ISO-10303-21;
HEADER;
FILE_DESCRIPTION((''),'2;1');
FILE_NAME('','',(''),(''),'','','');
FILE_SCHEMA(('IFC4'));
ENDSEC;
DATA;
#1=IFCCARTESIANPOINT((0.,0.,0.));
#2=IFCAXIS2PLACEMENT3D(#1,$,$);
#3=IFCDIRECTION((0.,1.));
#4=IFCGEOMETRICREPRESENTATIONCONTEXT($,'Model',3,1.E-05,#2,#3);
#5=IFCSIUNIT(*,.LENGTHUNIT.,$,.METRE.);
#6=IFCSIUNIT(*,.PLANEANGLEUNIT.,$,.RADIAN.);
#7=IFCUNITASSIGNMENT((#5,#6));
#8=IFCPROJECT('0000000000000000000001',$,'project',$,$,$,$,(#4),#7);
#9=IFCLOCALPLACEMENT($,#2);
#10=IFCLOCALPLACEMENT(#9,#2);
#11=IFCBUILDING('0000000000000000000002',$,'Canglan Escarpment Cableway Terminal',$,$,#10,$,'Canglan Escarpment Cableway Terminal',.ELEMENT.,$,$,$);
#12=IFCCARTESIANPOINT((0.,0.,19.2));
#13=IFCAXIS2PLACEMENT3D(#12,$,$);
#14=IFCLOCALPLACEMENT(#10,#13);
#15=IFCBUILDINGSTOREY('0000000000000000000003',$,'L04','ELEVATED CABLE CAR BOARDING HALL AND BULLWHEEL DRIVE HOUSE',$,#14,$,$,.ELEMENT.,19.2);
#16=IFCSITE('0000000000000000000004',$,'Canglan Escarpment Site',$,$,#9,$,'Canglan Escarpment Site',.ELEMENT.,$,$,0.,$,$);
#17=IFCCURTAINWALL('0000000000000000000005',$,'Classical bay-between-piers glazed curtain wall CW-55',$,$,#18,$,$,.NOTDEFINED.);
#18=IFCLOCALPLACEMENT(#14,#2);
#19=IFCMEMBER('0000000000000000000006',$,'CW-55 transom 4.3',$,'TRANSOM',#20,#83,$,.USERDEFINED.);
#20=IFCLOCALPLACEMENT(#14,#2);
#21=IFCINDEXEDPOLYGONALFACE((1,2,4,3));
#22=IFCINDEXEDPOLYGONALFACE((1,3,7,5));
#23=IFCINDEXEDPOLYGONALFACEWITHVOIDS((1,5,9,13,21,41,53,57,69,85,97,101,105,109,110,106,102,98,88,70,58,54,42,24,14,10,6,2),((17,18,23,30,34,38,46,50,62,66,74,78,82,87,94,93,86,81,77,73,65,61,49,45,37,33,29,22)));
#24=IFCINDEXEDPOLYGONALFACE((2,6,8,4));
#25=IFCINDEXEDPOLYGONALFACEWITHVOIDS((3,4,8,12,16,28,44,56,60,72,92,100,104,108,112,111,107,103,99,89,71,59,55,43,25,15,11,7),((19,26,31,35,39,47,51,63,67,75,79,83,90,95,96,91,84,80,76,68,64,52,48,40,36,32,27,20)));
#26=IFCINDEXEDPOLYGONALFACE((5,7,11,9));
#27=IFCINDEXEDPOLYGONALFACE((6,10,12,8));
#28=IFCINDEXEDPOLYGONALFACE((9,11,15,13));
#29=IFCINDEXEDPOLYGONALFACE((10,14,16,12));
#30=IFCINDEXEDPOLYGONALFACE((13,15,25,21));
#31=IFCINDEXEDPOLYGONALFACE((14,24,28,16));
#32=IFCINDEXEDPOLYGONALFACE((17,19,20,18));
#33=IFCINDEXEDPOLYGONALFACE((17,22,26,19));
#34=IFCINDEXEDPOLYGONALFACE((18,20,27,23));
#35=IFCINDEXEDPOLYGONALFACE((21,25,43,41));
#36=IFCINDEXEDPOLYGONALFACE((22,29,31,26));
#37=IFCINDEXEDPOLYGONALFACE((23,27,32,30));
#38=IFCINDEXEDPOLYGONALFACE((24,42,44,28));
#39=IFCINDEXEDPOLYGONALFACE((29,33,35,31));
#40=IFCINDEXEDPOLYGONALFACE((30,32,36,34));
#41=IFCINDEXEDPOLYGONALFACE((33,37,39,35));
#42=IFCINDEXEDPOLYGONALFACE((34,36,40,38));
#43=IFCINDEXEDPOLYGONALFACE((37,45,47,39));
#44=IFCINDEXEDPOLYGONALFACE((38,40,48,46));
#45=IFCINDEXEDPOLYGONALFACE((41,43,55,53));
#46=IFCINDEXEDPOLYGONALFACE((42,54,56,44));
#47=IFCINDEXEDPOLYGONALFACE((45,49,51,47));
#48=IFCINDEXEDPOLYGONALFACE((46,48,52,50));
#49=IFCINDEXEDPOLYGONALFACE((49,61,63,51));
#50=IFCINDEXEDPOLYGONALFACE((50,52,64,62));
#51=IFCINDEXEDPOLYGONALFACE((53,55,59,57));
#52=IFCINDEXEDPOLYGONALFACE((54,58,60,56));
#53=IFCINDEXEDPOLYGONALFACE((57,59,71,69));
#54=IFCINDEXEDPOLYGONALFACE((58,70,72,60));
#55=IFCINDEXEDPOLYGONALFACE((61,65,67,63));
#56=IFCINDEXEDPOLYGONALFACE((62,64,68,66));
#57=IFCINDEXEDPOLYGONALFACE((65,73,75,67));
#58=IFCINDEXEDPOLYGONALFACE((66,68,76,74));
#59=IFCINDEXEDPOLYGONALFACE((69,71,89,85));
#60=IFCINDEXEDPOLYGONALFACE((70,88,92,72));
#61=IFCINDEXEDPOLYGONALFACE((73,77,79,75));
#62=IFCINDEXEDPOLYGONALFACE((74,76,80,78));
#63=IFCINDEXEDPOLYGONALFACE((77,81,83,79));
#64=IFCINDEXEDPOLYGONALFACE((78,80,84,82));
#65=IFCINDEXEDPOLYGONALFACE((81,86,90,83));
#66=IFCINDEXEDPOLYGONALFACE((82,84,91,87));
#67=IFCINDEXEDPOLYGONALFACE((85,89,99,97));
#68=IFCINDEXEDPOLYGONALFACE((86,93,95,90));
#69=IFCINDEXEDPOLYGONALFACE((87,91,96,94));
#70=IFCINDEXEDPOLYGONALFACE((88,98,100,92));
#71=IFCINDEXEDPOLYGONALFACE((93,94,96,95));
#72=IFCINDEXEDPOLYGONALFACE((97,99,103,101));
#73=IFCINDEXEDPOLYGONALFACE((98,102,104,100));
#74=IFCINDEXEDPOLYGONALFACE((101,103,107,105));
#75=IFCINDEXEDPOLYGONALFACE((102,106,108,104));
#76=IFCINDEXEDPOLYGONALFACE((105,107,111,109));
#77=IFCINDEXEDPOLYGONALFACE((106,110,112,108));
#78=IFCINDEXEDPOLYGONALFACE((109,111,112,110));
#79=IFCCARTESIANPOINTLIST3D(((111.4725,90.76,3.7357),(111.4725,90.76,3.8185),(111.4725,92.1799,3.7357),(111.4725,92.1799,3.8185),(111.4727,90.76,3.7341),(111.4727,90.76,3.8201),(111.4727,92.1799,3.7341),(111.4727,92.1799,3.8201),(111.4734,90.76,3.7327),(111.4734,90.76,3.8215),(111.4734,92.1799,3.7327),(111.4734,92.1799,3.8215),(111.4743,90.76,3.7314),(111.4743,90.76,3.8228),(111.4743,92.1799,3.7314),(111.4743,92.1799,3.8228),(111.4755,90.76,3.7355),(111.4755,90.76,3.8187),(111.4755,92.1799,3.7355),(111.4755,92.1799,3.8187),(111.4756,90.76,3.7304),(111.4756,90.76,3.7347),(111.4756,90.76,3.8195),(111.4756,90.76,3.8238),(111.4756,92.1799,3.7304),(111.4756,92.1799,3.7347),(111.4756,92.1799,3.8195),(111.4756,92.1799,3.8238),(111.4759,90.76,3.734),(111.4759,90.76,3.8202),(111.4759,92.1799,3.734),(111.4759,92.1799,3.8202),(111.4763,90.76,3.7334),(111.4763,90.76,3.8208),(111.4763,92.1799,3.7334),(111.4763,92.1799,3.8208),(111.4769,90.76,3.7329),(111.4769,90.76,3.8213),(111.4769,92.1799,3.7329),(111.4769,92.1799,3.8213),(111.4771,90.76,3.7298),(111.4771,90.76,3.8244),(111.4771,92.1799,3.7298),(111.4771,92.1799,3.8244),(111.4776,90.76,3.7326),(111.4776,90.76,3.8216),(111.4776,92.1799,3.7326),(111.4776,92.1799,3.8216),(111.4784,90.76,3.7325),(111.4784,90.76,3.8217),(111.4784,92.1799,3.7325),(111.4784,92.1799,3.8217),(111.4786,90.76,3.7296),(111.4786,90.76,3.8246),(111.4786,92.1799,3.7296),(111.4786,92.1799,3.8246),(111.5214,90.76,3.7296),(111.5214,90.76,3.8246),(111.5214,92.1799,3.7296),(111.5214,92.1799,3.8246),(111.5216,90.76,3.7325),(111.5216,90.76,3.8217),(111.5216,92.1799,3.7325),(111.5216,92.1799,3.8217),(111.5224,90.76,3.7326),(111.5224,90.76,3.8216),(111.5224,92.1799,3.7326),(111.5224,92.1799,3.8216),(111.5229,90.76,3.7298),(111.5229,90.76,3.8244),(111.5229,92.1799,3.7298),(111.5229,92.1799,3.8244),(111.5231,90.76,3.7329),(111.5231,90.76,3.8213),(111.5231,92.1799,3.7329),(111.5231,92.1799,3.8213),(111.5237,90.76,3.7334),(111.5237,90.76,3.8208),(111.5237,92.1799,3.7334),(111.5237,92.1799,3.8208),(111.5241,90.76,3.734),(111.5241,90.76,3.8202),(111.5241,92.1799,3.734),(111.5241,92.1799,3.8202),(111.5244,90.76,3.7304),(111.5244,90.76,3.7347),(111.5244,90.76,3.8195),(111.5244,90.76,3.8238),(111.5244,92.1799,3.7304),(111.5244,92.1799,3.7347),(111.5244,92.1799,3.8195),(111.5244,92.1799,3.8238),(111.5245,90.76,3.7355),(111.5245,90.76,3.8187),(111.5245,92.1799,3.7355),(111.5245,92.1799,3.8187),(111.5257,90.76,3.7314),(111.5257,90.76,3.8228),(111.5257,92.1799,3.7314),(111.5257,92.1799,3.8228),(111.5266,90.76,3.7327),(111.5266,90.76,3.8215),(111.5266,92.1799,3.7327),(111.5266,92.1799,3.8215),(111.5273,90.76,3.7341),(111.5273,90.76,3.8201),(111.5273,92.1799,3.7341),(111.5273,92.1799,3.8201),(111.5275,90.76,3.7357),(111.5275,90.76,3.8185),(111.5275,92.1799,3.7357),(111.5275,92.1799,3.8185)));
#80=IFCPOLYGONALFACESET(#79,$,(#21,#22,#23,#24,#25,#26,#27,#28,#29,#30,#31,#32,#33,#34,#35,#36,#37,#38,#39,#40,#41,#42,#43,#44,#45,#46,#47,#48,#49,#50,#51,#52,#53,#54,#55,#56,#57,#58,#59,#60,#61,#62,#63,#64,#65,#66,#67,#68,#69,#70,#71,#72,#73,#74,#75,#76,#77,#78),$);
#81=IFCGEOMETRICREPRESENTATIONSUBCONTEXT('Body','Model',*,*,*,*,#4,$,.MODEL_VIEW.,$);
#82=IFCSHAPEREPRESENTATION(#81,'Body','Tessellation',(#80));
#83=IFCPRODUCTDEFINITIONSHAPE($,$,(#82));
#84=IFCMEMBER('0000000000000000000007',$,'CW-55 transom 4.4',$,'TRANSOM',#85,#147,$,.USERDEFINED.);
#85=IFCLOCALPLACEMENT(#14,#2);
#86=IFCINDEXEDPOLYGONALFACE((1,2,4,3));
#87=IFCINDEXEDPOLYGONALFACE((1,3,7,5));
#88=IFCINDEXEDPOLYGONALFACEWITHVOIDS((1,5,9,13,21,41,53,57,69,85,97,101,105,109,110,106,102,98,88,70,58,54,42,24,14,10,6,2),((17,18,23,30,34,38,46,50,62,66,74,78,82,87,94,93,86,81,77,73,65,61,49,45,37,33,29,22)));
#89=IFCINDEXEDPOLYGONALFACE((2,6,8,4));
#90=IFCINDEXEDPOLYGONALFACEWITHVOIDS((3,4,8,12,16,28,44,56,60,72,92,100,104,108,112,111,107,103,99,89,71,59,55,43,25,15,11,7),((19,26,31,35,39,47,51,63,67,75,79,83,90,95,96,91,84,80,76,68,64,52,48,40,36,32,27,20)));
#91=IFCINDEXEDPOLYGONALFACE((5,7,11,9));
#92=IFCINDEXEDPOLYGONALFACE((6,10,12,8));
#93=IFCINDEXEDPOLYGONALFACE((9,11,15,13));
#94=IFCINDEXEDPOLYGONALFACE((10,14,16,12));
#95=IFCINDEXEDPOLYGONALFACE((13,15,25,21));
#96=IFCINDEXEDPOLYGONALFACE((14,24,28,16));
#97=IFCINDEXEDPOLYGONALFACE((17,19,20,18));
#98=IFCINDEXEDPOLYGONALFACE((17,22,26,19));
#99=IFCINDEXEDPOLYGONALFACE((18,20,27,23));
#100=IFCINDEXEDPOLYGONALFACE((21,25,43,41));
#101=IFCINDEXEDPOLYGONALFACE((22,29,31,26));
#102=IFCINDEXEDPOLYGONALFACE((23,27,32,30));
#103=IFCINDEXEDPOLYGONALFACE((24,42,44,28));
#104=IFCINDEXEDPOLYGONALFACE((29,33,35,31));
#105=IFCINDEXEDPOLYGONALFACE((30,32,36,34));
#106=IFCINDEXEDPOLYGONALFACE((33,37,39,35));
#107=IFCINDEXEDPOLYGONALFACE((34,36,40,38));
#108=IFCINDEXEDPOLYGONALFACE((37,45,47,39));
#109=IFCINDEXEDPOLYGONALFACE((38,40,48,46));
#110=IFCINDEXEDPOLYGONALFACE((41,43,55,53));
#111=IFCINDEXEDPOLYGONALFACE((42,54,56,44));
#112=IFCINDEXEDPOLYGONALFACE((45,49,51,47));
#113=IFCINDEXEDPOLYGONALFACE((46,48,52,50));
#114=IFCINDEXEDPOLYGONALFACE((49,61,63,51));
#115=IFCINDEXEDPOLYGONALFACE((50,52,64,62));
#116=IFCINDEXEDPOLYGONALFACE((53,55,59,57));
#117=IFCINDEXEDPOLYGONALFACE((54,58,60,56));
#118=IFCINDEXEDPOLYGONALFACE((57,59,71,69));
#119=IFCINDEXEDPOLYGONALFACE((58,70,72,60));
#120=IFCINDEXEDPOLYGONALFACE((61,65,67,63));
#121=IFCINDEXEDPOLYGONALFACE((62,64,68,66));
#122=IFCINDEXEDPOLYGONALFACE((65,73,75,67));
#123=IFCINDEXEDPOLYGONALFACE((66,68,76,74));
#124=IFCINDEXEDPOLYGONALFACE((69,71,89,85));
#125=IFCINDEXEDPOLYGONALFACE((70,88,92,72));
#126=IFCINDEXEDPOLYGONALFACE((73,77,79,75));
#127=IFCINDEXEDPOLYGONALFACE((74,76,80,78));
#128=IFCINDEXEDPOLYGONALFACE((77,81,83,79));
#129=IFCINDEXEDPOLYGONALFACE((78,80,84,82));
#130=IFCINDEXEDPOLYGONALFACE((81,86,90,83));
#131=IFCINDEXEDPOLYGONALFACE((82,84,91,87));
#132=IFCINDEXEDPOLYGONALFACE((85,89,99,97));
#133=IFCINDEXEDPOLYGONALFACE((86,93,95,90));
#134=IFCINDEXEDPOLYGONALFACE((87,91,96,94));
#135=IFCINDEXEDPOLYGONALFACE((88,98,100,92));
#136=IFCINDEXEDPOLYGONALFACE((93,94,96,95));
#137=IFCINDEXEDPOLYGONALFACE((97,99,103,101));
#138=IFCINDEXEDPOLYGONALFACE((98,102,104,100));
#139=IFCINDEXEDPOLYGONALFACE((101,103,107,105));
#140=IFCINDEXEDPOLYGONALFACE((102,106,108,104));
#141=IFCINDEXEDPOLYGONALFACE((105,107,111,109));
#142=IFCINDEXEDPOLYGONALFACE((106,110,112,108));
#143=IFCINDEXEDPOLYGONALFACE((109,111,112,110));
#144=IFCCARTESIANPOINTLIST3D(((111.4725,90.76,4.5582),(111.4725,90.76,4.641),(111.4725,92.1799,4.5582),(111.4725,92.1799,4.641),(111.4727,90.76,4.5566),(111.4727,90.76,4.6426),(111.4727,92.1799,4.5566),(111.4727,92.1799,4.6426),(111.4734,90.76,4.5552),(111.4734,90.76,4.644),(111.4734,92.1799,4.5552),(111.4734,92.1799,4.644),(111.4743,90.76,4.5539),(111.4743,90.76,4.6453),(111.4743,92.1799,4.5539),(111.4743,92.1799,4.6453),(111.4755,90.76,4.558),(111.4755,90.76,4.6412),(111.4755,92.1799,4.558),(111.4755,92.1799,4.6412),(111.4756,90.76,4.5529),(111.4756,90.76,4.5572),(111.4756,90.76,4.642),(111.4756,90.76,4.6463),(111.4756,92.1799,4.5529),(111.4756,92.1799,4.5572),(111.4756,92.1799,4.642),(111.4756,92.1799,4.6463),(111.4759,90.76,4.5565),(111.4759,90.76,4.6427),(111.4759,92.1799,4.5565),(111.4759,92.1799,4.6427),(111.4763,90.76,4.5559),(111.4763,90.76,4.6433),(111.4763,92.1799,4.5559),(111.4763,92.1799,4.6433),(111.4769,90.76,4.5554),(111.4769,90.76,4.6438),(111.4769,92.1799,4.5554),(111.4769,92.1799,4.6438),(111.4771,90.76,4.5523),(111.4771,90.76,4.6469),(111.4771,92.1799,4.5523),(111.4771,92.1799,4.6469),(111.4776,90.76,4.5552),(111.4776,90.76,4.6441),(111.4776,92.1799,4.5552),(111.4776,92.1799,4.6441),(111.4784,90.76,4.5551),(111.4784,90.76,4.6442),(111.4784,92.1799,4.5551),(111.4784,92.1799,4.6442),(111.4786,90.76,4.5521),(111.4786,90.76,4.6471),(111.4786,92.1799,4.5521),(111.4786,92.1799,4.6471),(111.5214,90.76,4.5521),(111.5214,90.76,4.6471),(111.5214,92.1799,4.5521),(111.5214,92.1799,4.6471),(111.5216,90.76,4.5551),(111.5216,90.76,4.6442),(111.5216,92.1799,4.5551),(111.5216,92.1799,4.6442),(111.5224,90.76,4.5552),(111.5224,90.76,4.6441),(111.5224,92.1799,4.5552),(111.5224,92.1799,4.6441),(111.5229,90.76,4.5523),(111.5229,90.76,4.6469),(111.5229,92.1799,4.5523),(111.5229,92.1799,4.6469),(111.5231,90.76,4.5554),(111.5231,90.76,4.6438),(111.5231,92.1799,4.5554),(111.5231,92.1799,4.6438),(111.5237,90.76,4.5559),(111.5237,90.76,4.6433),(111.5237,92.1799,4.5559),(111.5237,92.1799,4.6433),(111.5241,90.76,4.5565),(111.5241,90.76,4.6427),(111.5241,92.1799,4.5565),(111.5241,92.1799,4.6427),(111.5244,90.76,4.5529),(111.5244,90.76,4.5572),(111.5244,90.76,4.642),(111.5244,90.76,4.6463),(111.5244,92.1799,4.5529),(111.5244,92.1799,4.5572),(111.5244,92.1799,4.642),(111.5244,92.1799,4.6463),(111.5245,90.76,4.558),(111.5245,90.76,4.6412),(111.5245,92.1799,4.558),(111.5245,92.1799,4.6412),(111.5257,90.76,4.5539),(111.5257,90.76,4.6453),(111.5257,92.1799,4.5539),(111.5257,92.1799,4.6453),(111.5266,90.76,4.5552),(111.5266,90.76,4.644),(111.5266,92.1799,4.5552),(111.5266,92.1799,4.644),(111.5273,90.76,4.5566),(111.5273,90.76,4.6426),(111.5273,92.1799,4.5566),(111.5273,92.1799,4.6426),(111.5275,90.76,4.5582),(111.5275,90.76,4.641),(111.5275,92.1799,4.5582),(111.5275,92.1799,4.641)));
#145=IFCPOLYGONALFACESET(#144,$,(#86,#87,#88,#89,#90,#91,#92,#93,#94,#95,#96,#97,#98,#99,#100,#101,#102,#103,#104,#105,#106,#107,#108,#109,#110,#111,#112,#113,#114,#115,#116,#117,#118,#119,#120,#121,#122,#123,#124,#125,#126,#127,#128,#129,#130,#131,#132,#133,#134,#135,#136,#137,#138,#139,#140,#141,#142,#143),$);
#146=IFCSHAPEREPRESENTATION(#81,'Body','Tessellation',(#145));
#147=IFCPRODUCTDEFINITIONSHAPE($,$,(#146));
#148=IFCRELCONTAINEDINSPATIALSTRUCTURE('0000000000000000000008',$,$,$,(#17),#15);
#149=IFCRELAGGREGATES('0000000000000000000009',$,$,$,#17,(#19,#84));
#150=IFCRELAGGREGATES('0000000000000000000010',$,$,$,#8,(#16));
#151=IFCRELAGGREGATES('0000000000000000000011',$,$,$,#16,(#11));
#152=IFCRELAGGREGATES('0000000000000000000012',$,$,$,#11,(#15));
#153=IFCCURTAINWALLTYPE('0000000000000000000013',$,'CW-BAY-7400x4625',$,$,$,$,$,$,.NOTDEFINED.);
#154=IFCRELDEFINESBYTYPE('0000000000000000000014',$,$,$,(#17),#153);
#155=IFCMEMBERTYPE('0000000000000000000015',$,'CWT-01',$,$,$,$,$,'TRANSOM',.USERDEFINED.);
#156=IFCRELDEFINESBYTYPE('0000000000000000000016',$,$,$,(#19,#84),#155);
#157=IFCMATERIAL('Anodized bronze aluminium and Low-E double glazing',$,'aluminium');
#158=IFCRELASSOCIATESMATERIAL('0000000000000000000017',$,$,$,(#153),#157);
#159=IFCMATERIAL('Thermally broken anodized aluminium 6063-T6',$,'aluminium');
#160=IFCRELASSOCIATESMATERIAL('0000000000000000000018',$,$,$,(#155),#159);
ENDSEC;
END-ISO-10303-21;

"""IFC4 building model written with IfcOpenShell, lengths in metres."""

from ifc_helpers import new_model, si_unit, direction, frame, origin, origin_2d, place, context, subcontext, project, spatial, hollow_rectangle, extrude, material, material_profile, profile_set, type_object, element, aggregate, save


model = new_model("IFC4")

# Units and contexts
model_context = context("Model", 3, precision=1e-05, world=origin(), true_north=direction((0.0, 1.0)))
body_context = subcontext(model_context, "Body", "Model", "MODEL_VIEW")
ifc_project = project(units=[si_unit("LENGTHUNIT", "METRE"), si_unit("PLANEANGLEUNIT", "RADIAN")], contexts=[model_context])

# Site, building, storey
site_placement = place(None, origin())
site = spatial("IfcSite", under=ifc_project, at=site_placement, Name="Canglan Escarpment Site", LongName="Canglan Escarpment Site", CompositionType="ELEMENT", RefElevation=0.0)
building_placement = place(site_placement, origin())
building = spatial("IfcBuilding", under=site, at=building_placement, Name="Canglan Escarpment Cableway Terminal", LongName="Canglan Escarpment Cableway Terminal", CompositionType="ELEMENT")
storey_placement = place(building_placement, frame((0.0, 0.0, 19.2)))
storey = spatial("IfcBuildingStorey", under=building, at=storey_placement, Name="L04", Description="ELEVATED CABLE CAR BOARDING HALL AND BULLWHEEL DRIVE HOUSE", CompositionType="ELEMENT", Elevation=19.2)

# Curtain wall, members
ifc_material_1 = material(Name="Anodized bronze aluminium and Low-E double glazing", Category="aluminium")
curtain_wall_type = type_object("IfcCurtainWallType", Name="CW-BAY-7400x4625", PredefinedType="NOTDEFINED", material=ifc_material_1)
curtain_wall_placement = place(storey_placement, origin())
curtain_wall = element("IfcCurtainWall", 1, at=curtain_wall_placement, inside=storey, type_object=curtain_wall_type, Name="Classical bay-between-piers glazed curtain wall CW-55", PredefinedType="NOTDEFINED")
ifc_material_2 = material(Name="Thermally broken anodized aluminium 6063-T6", Category="aluminium")
ifc_material_profile_1 = material_profile(ifc_material_2, hollow_rectangle(XDim=0.0549, YDim=0.095, WallThickness=0.0029, InnerFilletRadius=0.0029, OuterFilletRadius=0.0061, at=origin_2d()), Name="ALU-TRAN 55x95x3")
ifc_profile_set_1 = profile_set([ifc_material_profile_1], Name="Thermally broken anodized aluminium 6063-T6")
member_type_1 = type_object("IfcMemberType", Name="CWT-01", ElementType="TRANSOM", PredefinedType="USERDEFINED", material=ifc_profile_set_1)
member_1_placement = place(storey_placement, frame((111.5, 92.1799, 3.7771), z_axis=(0.0, -1.0, 0.0), x_axis=(1.0, 0.0, 0.0)))
member_1 = element("IfcMember", 2, at=member_1_placement, type_object=member_type_1, Name="CW-55 transom 4.3", ObjectType="TRANSOM", PredefinedType="USERDEFINED", context=body_context, shape_type="SweptSolid", body=[
    extrude(hollow_rectangle(XDim=0.0549, YDim=0.095, WallThickness=0.0029, InnerFilletRadius=0.0029, OuterFilletRadius=0.0061, at=origin_2d()), origin(), (0.0, 0.0, 1.0), 1.4199),
])
member_2_placement = place(storey_placement, frame((111.5, 92.1799, 4.5996), z_axis=(0.0, -1.0, 0.0), x_axis=(1.0, 0.0, 0.0)))
member_2 = element("IfcMember", 3, at=member_2_placement, type_object=member_type_1, Name="CW-55 transom 4.4", ObjectType="TRANSOM", PredefinedType="USERDEFINED", context=body_context, shape_type="SweptSolid", body=[
    extrude(hollow_rectangle(XDim=0.0549, YDim=0.095, WallThickness=0.0029, InnerFilletRadius=0.0029, OuterFilletRadius=0.0061, at=origin_2d()), origin(), (0.0, 0.0, 1.0), 1.4199),
])
aggregate(curtain_wall, [member_1, member_2])

save(model, "model.ifc")
